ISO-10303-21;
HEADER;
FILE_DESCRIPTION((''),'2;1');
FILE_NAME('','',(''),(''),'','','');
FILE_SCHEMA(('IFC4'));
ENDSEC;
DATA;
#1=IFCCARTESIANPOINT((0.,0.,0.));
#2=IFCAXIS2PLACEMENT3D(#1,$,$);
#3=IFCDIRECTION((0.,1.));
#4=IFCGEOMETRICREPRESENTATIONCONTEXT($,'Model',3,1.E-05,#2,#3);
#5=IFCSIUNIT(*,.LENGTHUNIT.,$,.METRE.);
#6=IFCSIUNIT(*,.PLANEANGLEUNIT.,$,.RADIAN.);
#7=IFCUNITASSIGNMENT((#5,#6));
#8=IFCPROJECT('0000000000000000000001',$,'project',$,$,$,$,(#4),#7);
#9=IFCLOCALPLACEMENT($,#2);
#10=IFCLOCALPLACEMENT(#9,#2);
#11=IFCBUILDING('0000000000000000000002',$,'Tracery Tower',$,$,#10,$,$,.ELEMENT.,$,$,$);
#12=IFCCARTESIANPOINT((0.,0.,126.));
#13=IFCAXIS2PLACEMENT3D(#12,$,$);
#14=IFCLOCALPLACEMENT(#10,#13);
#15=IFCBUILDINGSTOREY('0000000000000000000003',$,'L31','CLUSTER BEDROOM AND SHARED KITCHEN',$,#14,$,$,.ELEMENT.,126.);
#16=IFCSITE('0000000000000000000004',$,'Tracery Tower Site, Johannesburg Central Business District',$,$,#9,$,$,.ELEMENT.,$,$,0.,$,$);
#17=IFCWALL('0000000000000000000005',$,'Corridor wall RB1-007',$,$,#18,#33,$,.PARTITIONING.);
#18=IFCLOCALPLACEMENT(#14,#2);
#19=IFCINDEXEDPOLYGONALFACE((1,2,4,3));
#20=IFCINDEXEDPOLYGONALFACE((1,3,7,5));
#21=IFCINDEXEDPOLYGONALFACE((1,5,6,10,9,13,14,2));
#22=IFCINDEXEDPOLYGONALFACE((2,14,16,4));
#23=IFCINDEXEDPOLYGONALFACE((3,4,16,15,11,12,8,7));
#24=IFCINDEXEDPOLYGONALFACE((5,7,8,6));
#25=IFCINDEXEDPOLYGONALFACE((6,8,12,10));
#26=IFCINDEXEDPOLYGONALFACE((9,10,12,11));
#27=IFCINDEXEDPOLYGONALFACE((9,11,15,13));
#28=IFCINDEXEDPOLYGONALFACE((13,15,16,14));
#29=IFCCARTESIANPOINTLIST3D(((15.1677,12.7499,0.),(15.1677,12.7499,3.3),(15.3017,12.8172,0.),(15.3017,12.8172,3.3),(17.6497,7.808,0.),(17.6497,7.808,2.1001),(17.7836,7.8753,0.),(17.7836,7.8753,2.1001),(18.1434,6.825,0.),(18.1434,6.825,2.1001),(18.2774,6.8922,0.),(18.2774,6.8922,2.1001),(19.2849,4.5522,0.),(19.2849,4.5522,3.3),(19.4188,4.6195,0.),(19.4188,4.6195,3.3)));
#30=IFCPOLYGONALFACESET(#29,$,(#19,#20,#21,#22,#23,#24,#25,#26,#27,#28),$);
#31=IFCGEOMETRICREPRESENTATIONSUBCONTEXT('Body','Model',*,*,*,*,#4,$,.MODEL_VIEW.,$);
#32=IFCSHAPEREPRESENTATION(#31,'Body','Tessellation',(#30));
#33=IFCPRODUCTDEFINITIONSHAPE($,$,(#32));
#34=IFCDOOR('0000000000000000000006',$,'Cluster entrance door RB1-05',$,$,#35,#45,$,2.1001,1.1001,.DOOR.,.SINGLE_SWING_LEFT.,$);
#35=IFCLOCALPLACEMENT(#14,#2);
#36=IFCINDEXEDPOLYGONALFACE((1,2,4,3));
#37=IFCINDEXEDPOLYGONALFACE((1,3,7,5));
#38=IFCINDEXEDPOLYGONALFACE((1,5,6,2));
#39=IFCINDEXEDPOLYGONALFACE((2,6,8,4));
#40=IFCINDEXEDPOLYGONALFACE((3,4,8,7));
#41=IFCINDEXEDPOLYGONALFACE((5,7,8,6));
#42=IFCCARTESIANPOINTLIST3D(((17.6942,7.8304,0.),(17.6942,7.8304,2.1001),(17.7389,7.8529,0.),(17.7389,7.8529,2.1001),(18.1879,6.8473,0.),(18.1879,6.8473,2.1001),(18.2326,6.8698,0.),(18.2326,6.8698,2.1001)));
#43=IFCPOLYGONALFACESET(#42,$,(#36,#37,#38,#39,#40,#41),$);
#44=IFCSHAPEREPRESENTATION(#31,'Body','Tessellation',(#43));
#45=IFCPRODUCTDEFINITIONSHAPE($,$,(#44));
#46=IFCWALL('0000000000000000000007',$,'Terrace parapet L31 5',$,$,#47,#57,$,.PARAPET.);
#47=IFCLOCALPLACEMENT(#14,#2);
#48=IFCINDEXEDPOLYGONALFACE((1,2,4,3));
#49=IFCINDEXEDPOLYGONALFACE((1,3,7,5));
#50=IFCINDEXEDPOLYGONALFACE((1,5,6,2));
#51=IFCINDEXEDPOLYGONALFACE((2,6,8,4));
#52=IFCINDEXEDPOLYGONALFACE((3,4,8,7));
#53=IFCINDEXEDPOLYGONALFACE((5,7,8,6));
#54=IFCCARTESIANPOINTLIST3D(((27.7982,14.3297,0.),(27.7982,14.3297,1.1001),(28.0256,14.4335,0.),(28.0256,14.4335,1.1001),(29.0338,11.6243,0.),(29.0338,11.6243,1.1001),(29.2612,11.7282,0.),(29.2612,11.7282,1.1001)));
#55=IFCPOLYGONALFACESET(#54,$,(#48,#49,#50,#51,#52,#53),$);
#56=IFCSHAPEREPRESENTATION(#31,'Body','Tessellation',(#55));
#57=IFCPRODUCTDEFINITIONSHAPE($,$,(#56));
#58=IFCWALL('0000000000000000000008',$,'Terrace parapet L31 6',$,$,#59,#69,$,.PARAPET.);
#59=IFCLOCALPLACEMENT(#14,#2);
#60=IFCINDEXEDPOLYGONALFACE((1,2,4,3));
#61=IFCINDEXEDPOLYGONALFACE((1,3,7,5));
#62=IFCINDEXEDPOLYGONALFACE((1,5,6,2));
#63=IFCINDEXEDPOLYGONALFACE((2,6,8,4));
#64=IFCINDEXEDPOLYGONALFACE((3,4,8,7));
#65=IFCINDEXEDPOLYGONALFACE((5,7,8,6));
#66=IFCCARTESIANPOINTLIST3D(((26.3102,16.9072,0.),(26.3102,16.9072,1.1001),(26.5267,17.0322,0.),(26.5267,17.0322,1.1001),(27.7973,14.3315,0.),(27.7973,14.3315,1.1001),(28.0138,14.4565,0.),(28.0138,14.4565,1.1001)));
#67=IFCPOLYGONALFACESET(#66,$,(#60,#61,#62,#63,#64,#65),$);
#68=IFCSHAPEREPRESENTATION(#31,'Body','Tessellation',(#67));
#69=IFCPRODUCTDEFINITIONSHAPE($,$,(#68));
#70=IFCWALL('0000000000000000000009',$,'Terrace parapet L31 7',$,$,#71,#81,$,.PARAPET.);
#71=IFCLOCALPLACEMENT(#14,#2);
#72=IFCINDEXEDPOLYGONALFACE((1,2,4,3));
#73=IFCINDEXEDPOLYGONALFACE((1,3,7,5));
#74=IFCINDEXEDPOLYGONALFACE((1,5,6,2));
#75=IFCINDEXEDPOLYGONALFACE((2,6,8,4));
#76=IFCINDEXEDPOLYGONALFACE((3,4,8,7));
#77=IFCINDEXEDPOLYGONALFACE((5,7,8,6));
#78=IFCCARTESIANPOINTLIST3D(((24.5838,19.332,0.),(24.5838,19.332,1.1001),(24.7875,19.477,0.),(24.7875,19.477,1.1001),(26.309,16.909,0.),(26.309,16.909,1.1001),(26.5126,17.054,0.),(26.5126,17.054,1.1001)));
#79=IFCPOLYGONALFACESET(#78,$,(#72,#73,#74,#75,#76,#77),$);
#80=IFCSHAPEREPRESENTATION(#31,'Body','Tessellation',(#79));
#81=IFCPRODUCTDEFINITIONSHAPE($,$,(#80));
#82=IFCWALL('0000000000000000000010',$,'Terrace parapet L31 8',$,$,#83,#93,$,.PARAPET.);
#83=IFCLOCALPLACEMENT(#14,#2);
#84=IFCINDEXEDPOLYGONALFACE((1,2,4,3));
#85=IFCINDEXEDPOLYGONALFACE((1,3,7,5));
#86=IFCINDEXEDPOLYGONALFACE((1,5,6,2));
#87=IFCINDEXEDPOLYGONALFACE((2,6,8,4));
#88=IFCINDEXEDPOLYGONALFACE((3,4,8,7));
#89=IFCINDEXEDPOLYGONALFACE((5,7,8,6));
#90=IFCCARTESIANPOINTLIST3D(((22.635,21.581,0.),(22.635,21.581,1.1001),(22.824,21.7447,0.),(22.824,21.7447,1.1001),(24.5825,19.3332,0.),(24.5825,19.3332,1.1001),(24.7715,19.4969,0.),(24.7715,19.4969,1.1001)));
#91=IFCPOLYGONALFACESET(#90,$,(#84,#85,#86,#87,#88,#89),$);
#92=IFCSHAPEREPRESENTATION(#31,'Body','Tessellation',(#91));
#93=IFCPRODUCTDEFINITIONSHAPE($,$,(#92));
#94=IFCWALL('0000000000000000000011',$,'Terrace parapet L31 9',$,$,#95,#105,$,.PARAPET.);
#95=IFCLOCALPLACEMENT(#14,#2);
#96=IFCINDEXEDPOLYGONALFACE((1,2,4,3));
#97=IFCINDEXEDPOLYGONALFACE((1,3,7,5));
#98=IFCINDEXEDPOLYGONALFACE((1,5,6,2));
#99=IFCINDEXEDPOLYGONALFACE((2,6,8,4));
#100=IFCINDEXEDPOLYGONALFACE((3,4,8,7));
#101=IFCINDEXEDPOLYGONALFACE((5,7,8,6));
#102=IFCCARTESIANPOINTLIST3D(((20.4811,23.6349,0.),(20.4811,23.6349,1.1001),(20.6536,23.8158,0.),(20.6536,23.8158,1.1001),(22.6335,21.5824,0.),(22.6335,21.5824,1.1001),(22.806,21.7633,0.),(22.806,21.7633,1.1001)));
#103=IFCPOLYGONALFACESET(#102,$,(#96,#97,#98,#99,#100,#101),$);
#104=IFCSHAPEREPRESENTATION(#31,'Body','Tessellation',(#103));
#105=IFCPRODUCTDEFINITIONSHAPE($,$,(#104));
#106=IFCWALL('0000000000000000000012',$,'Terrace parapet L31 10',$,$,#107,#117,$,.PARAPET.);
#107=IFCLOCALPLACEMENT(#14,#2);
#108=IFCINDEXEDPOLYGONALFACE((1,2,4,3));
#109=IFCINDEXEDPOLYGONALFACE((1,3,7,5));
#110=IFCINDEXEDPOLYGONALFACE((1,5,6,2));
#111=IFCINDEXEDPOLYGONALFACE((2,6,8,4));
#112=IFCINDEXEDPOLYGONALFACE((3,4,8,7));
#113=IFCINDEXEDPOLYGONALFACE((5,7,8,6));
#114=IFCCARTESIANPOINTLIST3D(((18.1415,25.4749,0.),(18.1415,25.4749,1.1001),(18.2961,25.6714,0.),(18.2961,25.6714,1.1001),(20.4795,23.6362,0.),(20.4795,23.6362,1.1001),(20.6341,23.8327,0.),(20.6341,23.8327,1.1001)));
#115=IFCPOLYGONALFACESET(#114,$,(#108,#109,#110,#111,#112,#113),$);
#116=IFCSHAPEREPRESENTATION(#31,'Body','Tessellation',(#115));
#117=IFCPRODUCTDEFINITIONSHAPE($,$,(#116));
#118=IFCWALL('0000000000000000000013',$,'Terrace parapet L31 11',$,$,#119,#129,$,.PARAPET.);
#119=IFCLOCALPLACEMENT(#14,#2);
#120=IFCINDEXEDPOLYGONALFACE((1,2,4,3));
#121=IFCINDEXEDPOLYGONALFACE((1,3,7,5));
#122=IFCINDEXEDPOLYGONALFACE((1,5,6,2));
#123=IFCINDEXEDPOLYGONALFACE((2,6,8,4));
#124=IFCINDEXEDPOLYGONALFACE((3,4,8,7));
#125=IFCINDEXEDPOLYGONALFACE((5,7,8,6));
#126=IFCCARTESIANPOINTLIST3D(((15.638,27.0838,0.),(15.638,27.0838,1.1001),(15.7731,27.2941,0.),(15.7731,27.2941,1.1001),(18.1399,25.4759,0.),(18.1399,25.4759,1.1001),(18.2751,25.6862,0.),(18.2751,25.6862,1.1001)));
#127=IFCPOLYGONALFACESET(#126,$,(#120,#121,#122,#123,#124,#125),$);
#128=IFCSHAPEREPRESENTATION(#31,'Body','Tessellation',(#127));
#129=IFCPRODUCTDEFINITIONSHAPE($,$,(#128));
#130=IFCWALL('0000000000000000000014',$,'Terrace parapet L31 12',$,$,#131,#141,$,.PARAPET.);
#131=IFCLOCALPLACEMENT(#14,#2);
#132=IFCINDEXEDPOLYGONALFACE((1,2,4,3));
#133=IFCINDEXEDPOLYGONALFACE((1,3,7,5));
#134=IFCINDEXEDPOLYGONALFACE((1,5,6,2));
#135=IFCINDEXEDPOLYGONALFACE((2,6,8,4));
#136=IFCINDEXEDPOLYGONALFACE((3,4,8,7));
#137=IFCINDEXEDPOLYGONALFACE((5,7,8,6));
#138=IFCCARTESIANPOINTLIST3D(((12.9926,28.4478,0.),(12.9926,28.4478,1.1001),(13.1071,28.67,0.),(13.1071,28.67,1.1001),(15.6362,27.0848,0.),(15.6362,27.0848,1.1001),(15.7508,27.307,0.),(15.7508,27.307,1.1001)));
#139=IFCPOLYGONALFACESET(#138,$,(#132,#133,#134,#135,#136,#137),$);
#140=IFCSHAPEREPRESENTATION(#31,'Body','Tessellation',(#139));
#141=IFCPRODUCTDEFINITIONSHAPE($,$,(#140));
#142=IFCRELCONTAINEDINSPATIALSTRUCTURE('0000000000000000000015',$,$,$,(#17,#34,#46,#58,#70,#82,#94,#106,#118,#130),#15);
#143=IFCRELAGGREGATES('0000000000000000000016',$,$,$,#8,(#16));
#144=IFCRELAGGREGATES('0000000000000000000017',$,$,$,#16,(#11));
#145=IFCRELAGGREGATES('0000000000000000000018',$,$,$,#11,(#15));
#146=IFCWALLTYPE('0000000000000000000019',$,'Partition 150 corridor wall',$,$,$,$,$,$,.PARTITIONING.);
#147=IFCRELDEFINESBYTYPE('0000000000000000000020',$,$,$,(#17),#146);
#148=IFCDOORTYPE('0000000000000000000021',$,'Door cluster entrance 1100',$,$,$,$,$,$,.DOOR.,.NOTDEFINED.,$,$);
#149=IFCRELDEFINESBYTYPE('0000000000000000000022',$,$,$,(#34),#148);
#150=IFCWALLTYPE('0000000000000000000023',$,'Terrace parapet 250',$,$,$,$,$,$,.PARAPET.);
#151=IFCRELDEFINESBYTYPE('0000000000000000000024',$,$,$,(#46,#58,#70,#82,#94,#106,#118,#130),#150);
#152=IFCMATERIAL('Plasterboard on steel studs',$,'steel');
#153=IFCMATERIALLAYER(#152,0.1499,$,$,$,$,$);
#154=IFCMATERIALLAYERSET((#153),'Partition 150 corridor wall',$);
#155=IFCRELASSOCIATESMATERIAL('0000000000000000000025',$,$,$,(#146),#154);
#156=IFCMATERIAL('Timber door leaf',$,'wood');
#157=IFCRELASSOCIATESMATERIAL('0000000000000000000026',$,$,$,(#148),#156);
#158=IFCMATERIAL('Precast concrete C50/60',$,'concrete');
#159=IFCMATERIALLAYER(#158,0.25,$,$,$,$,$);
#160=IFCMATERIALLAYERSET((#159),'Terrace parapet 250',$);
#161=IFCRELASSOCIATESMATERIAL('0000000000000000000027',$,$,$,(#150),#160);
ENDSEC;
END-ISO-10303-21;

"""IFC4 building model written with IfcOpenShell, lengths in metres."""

from ifc_helpers import new_model, si_unit, direction, frame, frame_2d, origin, place, context, subcontext, project, spatial, rectangle, extrude, material, layer, layer_set, type_object, element, fill, save


model = new_model("IFC4")

# Units and contexts
model_context = context("Model", 3, precision=1e-05, world=origin(), true_north=direction((0.0, 1.0)))
body_context = subcontext(model_context, "Body", "Model", "MODEL_VIEW")
ifc_project = project(units=[si_unit("LENGTHUNIT", "METRE"), si_unit("PLANEANGLEUNIT", "RADIAN")], contexts=[model_context])

# Site, building, storey
site_placement = place(None, origin())
site = spatial("IfcSite", under=ifc_project, at=site_placement, Name="Tracery Tower Site, Johannesburg Central Business District", CompositionType="ELEMENT", RefElevation=0.0)
building_placement = place(site_placement, origin())
building = spatial("IfcBuilding", under=site, at=building_placement, Name="Tracery Tower", CompositionType="ELEMENT")
storey_placement = place(building_placement, frame((0.0, 0.0, 126.0)))
storey = spatial("IfcBuildingStorey", under=building, at=storey_placement, Name="L31", Description="CLUSTER BEDROOM AND SHARED KITCHEN", CompositionType="ELEMENT", Elevation=126.0)

# Wall, opening, door
ifc_material_1 = material(Name="Plasterboard on steel studs", Category="steel")
ifc_layer_1 = layer(ifc_material_1, 0.1499)
ifc_layer_set_1 = layer_set([ifc_layer_1], Name="Partition 150 corridor wall")
wall_type_1 = type_object("IfcWallType", Name="Partition 150 corridor wall", PredefinedType="PARTITIONING", material=ifc_layer_set_1)
wall_1_placement = place(storey_placement, frame((15.2346, 12.7837, 0.0), z_axis=(0.0, 0.0, 1.0), x_axis=(0.44881, -0.893627, 0.0)))
wall_1 = element("IfcWall", 1, at=wall_1_placement, inside=storey, type_object=wall_type_1, Name="Corridor wall RB1-007", PredefinedType="PARTITIONING", context=body_context, shape_type="SweptSolid", body=[
    extrude(rectangle(XDim=9.1736, YDim=0.1499, at=frame_2d((4.5869, 0.0))), origin(), (0.0, 0.0, 1.0), 3.3),
])
opening_1_placement = place(wall_1_placement, frame((5.5303, 0.0, 0.0)))
opening_1 = element("IfcOpeningElement", 2, at=opening_1_placement, cuts=wall_1, PredefinedType="OPENING", context=body_context, shape_type="SweptSolid", body=[
    extrude(rectangle(XDim=1.1001, YDim=2.1001, at=frame_2d((0.55, 1.05))), frame((0.0, 0.075, 0.0), z_axis=(0.0, -1.0, 0.0), x_axis=(1.0, 0.0, 0.0)), (0.0, 0.0, 1.0), 0.1499),
])
ifc_material_2 = material(Name="Timber door leaf", Category="wood")
door_type_1 = type_object("IfcDoorType", Name="Door cluster entrance 1100", OperationType="NOTDEFINED", PredefinedType="DOOR", material=ifc_material_2)
door_1_placement = place(opening_1_placement, origin())
door_1 = element("IfcDoor", 3, at=door_1_placement, inside=storey, type_object=door_type_1, Name="Cluster entrance door RB1-05", OperationType="SINGLE_SWING_LEFT", OverallHeight=2.1001, OverallWidth=1.1001, PredefinedType="DOOR", context=body_context, shape_type="SweptSolid", body=[
    extrude(rectangle(XDim=1.1001, YDim=2.1001, at=frame_2d((0.55, 1.05))), frame((0.0, 0.0249, 0.0), z_axis=(0.0, -1.0, 0.0), x_axis=(1.0, 0.0, 0.0)), (0.0, 0.0, 1.0), 0.05),
])
fill(opening_1, door_1)

# Walls
ifc_material_3 = material(Name="Precast concrete C50/60", Category="concrete")
ifc_layer_2 = layer(ifc_material_3, 0.25)
ifc_layer_set_2 = layer_set([ifc_layer_2], Name="Terrace parapet 250")
wall_type_2 = type_object("IfcWallType", Name="Terrace parapet 250", PredefinedType="PARAPET", material=ifc_layer_set_2)
for number, where, z_axis, x_axis, name in (
    (4, (29.1475, 11.6763, 0.0), (0.0, 0.0, 1.0), (-0.415447, 0.909617, 0.0), "Terrace parapet L31 5"),
    (5, (27.9055, 14.394, 0.0), (0.0, 0.0, 1.0), (-0.499997, 0.866027, 0.0), "Terrace parapet L31 6"),
):
    element("IfcWall", number, at=place(storey_placement, frame(where, z_axis=z_axis, x_axis=x_axis)), inside=storey, type_object=wall_type_2, Name=name, PredefinedType="PARAPET", context=body_context, shape_type="SweptSolid", body=[
        extrude(rectangle(XDim=2.9741, YDim=0.25, at=frame_2d((1.4871, 0.0))), origin(), (0.0, 0.0, 1.0), 1.1001),
    ])
wall_2_placement = place(storey_placement, frame((26.4109, 16.9814, 0.0), z_axis=(0.0, 0.0, 1.0), x_axis=(-0.580011, 0.814609, 0.0)))
element("IfcWall", 6, at=wall_2_placement, inside=storey, type_object=wall_type_2, Name="Terrace parapet L31 7", PredefinedType="PARAPET", context=body_context, shape_type="SweptSolid", body=[
    extrude(rectangle(XDim=2.9744, YDim=0.25, at=frame_2d((1.4873, 0.0))), origin(), (0.0, 0.0, 1.0), 1.1001),
])
for number, where, z_axis, x_axis, name in (
    (7, (24.677, 19.415, 0.0), (0.0, 0.0, 1.0), (-0.654818, 0.755787, 0.0), "Terrace parapet L31 8"),
    (8, (22.7197, 21.6729, 0.0), (0.0, 0.0, 1.0), (-0.723695, 0.69012, 0.0), "Terrace parapet L31 9"),
):
    element("IfcWall", number, at=place(storey_placement, frame(where, z_axis=z_axis, x_axis=x_axis)), inside=storey, type_object=wall_type_2, Name=name, PredefinedType="PARAPET", context=body_context, shape_type="SweptSolid", body=[
        extrude(rectangle(XDim=2.9741, YDim=0.25, at=frame_2d((1.4871, 0.0))), origin(), (0.0, 0.0, 1.0), 1.1001),
    ])
wall_3_placement = place(storey_placement, frame((20.5569, 23.7344, 0.0), z_axis=(0.0, 0.0, 1.0), x_axis=(-0.786039, 0.618177, 0.0)))
element("IfcWall", 9, at=wall_3_placement, inside=storey, type_object=wall_type_2, Name="Terrace parapet L31 10", PredefinedType="PARAPET", context=body_context, shape_type="SweptSolid", body=[
    extrude(rectangle(XDim=2.9744, YDim=0.25, at=frame_2d((1.4873, 0.0))), origin(), (0.0, 0.0, 1.0), 1.1001),
])
wall_4_placement = place(storey_placement, frame((18.2075, 25.5811, 0.0), z_axis=(0.0, 0.0, 1.0), x_axis=(-0.841253, 0.540641, 0.0)))
element("IfcWall", 10, at=wall_4_placement, inside=storey, type_object=wall_type_2, Name="Terrace parapet L31 11", PredefinedType="PARAPET", context=body_context, shape_type="SweptSolid", body=[
    extrude(rectangle(XDim=2.9741, YDim=0.25, at=frame_2d((1.4871, 0.0))), origin(), (0.0, 0.0, 1.0), 1.1001),
])
wall_5_placement = place(storey_placement, frame((15.6936, 27.1958, 0.0), z_axis=(0.0, 0.0, 1.0), x_axis=(-0.888809, 0.458277, 0.0)))
element("IfcWall", 11, at=wall_5_placement, inside=storey, type_object=wall_type_2, Name="Terrace parapet L31 12", PredefinedType="PARAPET", context=body_context, shape_type="SweptSolid", body=[
    extrude(rectangle(XDim=2.9744, YDim=0.25, at=frame_2d((1.4873, 0.0))), origin(), (0.0, 0.0, 1.0), 1.1001),
])

save(model, "model.ifc")
